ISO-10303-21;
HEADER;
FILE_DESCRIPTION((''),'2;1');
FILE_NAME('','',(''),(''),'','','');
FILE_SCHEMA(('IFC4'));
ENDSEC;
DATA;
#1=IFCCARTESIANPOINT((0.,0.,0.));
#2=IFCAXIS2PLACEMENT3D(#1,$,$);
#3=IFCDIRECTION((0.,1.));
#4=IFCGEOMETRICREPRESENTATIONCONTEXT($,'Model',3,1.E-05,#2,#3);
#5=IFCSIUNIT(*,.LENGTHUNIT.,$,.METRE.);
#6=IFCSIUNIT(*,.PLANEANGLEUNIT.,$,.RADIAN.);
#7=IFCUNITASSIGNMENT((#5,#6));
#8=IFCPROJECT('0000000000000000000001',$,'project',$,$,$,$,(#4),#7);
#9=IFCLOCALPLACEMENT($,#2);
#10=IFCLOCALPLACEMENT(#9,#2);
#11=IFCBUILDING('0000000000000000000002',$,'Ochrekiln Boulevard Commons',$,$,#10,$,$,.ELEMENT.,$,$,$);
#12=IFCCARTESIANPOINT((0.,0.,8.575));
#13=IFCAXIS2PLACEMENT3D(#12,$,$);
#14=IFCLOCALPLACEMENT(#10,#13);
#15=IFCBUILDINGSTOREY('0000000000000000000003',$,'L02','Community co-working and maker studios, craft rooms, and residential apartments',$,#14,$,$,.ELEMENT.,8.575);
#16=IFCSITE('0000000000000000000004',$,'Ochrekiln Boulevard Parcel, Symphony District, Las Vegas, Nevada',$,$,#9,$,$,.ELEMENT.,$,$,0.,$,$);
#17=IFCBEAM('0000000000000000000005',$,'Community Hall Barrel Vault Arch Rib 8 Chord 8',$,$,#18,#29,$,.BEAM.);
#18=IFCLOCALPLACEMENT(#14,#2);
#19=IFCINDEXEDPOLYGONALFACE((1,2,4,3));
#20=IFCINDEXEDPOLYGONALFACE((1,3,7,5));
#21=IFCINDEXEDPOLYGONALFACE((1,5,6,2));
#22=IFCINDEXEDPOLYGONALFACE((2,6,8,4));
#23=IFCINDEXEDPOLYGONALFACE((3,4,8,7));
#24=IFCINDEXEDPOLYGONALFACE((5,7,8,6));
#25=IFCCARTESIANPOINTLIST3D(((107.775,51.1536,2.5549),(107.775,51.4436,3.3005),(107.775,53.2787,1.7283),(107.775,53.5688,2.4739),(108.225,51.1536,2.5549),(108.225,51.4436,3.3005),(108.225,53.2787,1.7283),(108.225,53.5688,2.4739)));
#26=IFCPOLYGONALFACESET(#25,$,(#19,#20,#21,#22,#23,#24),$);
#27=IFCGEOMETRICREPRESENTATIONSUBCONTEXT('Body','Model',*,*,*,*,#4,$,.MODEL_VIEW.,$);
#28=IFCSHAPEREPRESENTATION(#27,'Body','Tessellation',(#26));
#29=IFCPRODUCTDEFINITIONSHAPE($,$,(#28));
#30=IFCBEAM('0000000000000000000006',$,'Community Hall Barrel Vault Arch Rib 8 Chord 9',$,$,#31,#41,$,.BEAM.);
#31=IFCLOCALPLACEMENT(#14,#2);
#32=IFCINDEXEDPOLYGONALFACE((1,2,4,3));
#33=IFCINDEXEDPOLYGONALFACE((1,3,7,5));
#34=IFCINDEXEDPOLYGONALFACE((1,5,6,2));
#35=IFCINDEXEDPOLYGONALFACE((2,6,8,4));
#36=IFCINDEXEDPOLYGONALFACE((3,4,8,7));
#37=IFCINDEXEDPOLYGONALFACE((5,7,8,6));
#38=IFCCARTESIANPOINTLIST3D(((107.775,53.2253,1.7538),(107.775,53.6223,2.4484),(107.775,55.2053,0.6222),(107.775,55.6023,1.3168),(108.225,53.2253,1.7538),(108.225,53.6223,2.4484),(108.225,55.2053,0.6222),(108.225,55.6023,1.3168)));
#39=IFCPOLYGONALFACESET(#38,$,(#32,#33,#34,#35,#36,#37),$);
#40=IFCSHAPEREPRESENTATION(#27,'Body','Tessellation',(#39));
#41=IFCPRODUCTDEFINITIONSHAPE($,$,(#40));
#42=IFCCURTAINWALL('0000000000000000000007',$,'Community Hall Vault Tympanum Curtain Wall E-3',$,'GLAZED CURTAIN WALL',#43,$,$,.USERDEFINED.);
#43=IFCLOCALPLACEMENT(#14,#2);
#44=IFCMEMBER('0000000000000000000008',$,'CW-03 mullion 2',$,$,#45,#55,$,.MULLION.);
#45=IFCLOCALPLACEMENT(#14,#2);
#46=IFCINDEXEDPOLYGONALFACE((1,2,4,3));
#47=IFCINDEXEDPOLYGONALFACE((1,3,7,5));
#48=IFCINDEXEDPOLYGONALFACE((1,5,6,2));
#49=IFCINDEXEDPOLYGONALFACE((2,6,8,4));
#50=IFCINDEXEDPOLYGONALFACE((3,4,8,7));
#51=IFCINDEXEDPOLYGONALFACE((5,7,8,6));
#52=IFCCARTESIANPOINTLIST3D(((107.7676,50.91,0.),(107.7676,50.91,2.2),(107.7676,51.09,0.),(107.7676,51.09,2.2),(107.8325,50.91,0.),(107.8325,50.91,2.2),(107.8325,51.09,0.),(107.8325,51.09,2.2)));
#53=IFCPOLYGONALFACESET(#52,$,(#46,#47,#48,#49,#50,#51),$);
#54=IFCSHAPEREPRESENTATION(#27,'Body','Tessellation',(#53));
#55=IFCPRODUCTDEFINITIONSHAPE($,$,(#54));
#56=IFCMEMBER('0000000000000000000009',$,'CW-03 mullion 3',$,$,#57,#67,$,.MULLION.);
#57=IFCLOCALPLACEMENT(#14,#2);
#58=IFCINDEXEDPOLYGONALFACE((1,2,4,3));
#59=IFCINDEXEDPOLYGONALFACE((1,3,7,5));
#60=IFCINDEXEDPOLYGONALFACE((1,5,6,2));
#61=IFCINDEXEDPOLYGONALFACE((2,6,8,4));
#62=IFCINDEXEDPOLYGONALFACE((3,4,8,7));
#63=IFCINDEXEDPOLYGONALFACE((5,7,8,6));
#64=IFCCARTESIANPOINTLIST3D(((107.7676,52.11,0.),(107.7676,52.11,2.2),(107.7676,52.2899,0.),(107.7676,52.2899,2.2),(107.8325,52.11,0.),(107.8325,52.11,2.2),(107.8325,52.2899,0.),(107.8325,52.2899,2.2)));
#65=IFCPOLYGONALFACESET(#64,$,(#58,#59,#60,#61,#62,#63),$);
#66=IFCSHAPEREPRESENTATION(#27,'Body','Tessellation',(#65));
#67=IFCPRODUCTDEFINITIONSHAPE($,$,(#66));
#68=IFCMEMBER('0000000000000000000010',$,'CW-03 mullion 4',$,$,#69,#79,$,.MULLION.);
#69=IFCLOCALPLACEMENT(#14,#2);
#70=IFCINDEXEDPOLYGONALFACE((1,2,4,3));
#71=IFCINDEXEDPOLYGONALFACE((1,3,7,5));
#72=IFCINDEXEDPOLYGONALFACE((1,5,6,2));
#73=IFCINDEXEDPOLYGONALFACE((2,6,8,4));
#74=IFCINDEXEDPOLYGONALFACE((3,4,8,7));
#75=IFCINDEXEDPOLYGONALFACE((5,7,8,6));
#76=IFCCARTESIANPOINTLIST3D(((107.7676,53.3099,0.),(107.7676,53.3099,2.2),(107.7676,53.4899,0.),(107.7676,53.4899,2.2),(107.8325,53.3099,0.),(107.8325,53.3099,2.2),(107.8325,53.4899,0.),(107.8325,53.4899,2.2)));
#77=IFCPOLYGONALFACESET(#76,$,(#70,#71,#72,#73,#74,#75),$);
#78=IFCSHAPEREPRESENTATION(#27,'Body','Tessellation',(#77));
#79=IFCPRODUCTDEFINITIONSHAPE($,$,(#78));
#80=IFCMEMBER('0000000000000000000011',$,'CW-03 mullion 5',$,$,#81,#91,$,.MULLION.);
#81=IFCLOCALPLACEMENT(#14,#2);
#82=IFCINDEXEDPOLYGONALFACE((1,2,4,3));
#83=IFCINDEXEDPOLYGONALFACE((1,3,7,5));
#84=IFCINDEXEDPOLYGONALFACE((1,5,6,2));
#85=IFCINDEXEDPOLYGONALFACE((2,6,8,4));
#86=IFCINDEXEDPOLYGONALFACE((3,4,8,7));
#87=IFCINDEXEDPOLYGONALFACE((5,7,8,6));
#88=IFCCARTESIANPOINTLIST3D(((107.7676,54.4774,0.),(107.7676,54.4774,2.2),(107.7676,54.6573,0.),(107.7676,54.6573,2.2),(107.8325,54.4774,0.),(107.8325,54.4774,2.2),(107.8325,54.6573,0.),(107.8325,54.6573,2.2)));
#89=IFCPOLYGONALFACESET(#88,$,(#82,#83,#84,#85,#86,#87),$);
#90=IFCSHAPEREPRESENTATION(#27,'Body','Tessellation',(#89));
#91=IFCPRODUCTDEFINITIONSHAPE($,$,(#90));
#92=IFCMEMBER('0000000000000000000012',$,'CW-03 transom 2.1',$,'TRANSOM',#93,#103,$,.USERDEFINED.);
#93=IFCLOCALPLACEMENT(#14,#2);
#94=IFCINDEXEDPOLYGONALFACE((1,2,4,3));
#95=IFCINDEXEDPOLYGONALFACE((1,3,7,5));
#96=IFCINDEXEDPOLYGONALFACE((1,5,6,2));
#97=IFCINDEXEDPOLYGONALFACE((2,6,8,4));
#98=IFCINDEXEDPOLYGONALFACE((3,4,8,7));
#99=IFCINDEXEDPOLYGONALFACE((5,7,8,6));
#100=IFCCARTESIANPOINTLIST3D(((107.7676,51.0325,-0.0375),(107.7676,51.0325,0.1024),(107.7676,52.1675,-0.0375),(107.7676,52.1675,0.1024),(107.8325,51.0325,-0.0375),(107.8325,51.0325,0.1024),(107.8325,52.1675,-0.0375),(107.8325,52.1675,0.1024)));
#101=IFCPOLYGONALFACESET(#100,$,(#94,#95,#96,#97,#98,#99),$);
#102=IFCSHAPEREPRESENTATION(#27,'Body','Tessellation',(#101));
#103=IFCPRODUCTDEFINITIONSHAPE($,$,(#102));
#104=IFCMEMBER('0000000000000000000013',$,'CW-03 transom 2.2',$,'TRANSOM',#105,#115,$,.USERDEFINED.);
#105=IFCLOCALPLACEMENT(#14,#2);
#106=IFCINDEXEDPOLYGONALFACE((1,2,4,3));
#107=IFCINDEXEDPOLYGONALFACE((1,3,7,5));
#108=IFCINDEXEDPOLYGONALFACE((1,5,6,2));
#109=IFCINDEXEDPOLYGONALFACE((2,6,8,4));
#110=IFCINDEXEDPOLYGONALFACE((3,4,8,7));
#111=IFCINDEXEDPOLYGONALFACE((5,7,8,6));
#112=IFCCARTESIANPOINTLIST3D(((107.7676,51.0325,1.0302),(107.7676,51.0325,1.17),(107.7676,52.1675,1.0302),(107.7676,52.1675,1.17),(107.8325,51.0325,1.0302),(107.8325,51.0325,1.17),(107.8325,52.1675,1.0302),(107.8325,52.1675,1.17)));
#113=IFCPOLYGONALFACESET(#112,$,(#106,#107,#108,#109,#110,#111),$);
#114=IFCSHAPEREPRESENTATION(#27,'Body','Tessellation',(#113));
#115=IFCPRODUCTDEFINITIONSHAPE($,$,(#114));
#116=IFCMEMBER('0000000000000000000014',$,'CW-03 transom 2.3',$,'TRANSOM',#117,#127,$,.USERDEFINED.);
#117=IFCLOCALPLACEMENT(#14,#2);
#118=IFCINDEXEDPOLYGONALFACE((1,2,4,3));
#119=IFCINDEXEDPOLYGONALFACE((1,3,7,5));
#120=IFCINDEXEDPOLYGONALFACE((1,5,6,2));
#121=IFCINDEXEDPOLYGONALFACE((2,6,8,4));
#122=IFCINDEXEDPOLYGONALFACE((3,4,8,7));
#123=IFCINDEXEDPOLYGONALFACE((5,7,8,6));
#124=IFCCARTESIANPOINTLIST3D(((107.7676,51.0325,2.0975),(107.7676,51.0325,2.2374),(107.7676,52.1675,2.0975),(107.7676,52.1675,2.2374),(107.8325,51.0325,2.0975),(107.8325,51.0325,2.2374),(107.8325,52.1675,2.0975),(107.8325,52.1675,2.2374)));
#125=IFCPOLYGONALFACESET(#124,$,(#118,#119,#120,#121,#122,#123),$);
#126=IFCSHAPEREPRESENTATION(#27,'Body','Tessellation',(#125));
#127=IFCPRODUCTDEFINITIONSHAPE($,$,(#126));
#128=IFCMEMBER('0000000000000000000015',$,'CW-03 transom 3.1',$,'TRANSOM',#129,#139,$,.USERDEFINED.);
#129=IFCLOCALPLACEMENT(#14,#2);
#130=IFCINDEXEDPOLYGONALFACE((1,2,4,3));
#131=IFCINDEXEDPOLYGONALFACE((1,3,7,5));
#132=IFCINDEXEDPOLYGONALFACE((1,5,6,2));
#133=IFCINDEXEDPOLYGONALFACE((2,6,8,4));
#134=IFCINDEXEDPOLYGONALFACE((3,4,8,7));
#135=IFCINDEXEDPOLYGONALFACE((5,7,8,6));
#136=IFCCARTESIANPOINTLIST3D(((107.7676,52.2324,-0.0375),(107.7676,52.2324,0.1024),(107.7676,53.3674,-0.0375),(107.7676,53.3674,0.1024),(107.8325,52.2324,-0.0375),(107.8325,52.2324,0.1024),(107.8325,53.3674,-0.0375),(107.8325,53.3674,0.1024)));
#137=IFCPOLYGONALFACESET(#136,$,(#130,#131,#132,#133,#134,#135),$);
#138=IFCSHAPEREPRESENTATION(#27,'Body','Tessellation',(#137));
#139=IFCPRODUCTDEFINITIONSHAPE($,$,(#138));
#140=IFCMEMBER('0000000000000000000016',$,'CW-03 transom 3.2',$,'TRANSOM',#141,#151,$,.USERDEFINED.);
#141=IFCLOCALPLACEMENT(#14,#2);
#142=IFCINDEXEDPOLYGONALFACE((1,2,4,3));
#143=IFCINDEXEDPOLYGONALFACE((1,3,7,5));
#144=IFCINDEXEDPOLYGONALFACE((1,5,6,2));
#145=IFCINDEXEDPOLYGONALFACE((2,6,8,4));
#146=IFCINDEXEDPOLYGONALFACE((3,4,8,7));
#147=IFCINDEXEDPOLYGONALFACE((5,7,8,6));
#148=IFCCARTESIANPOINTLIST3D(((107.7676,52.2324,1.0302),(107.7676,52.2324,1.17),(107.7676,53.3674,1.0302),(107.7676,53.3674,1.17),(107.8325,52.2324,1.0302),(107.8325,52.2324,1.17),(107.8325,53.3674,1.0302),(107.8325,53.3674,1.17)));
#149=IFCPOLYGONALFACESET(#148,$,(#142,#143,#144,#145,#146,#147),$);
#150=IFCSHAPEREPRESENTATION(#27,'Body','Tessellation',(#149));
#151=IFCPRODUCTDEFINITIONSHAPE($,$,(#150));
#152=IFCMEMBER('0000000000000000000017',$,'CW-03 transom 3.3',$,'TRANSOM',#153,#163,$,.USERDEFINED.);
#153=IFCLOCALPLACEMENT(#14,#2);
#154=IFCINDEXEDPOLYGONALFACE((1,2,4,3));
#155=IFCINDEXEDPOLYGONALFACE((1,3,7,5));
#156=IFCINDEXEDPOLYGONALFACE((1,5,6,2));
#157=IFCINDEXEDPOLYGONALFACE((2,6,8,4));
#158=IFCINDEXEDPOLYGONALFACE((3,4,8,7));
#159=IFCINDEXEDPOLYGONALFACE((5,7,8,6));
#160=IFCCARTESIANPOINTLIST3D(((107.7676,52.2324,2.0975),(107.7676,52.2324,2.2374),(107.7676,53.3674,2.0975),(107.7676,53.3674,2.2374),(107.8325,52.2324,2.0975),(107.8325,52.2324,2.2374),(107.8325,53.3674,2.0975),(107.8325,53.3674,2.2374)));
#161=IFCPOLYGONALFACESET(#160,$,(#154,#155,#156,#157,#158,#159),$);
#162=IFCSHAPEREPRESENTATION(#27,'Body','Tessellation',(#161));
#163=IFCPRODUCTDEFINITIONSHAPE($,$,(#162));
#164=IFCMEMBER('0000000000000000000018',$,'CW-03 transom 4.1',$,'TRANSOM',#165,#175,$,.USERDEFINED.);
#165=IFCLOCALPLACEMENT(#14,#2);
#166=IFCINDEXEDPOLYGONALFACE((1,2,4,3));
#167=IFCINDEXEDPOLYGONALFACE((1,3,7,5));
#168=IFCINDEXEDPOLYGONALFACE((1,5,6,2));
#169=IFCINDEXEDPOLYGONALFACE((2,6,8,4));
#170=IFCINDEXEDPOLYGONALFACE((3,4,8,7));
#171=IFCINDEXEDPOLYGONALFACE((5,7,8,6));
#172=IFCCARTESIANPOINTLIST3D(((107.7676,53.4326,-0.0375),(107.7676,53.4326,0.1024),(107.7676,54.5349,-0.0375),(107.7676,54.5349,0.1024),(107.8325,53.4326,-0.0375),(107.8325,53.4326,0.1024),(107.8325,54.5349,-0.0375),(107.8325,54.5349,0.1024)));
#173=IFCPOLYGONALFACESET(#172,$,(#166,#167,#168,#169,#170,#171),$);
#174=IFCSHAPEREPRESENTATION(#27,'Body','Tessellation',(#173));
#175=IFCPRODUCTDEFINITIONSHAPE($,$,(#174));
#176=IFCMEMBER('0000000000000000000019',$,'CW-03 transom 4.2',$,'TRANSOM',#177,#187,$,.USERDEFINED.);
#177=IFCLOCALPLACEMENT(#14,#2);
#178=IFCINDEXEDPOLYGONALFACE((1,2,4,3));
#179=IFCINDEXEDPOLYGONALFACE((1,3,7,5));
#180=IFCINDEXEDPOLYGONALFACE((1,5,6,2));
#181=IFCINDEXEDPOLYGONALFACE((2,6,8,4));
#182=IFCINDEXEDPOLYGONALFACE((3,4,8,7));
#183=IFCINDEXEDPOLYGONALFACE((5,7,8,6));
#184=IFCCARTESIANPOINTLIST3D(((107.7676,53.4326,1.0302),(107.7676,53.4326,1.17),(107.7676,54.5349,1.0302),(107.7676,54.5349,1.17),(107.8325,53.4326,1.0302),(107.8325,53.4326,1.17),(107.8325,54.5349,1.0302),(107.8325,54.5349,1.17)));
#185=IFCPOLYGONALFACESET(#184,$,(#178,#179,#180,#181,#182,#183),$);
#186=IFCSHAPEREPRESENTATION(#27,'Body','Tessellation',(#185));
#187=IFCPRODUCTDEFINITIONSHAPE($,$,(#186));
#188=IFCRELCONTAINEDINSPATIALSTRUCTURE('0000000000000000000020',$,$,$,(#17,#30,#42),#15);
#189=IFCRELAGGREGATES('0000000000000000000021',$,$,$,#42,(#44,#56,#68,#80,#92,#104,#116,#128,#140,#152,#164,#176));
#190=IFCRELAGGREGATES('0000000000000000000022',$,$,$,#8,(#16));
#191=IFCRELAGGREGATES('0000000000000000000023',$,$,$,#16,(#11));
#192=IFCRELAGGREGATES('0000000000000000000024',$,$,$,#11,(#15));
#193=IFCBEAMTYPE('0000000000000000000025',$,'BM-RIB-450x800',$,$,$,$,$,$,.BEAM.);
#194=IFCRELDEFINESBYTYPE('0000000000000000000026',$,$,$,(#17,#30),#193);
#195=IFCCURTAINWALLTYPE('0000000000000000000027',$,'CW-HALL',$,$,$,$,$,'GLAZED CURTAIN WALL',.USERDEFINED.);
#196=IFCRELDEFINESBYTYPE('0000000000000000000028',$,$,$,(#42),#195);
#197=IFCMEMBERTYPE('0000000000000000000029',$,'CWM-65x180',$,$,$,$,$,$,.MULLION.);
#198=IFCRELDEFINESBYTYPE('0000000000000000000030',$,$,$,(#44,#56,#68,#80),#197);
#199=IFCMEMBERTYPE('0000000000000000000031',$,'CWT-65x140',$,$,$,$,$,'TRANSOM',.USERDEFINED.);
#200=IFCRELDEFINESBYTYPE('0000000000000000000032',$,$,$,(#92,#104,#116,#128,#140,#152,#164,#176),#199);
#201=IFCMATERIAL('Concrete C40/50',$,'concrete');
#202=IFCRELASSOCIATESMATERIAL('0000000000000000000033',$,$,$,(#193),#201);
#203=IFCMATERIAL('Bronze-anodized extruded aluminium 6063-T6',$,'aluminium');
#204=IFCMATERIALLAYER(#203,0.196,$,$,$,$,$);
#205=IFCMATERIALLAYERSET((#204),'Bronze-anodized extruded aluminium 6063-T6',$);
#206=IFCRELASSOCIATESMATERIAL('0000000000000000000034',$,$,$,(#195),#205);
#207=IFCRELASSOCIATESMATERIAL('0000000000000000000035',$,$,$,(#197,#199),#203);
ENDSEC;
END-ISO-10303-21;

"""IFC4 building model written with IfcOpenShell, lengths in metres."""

from ifc_helpers import new_model, si_unit, direction, frame, origin, origin_2d, place, context, subcontext, project, spatial, rectangle, extrude, material, layer, layer_set, material_profile, profile_set, type_object, element, aggregate, save


model = new_model("IFC4")

# Units and contexts
model_context = context("Model", 3, precision=1e-05, world=origin(), true_north=direction((0.0, 1.0)))
body_context = subcontext(model_context, "Body", "Model", "MODEL_VIEW")
ifc_project = project(units=[si_unit("LENGTHUNIT", "METRE"), si_unit("PLANEANGLEUNIT", "RADIAN")], contexts=[model_context])

# Site, building, storey
site_placement = place(None, origin())
site = spatial("IfcSite", under=ifc_project, at=site_placement, Name="Ochrekiln Boulevard Parcel, Symphony District, Las Vegas, Nevada", CompositionType="ELEMENT", RefElevation=0.0)
building_placement = place(site_placement, origin())
building = spatial("IfcBuilding", under=site, at=building_placement, Name="Ochrekiln Boulevard Commons", CompositionType="ELEMENT")
storey_placement = place(building_placement, frame((0.0, 0.0, 8.575)))
storey = spatial("IfcBuildingStorey", under=building, at=storey_placement, Name="L02", Description="Community co-working and maker studios, craft rooms, and residential apartments", CompositionType="ELEMENT", Elevation=8.575)

# Beams
ifc_material_1 = material(Name="Concrete C40/50", Category="concrete")
ifc_material_profile_1 = material_profile(ifc_material_1, rectangle(XDim=0.45, YDim=0.8, at=origin_2d()), Name="RC-RIB-450x800")
ifc_profile_set_1 = profile_set([ifc_material_profile_1], Name="Concrete C40/50")
beam_type = type_object("IfcBeamType", Name="BM-RIB-450x800", PredefinedType="BEAM", material=ifc_profile_set_1)
beam_1_placement = place(storey_placement, frame((108.0, 51.2986, 2.9277), z_axis=(0.0, 0.931979, -0.362513), x_axis=(-1.0, 0.0, 0.0)))
element("IfcBeam", 1, at=beam_1_placement, inside=storey, type_object=beam_type, Name="Community Hall Barrel Vault Arch Rib 8 Chord 8", PredefinedType="BEAM", context=body_context, shape_type="SweptSolid", body=[
    extrude(rectangle(XDim=0.45, YDim=0.8, at=origin_2d()), origin(), (0.0, 0.0, 1.0), 2.2803),
])
beam_2_placement = place(storey_placement, frame((108.0, 53.4238, 2.1011), z_axis=(0.0, 0.86821, -0.496197), x_axis=(-1.0, 0.0, 0.0)))
element("IfcBeam", 2, at=beam_2_placement, inside=storey, type_object=beam_type, Name="Community Hall Barrel Vault Arch Rib 8 Chord 9", PredefinedType="BEAM", context=body_context, shape_type="SweptSolid", body=[
    extrude(rectangle(XDim=0.45, YDim=0.8, at=origin_2d()), origin(), (0.0, 0.0, 1.0), 2.2805),
])

# Curtain wall, members
ifc_material_2 = material(Name="Bronze-anodized extruded aluminium 6063-T6", Category="aluminium")
ifc_layer_1 = layer(ifc_material_2, 0.196)
ifc_layer_set_1 = layer_set([ifc_layer_1], Name="Bronze-anodized extruded aluminium 6063-T6")
curtain_wall_type = type_object("IfcCurtainWallType", Name="CW-HALL", ElementType="GLAZED CURTAIN WALL", PredefinedType="USERDEFINED", material=ifc_layer_set_1)
curtain_wall_placement = place(storey_placement, origin())
curtain_wall = element("IfcCurtainWall", 3, at=curtain_wall_placement, inside=storey, type_object=curtain_wall_type, Name="Community Hall Vault Tympanum Curtain Wall E-3", ObjectType="GLAZED CURTAIN WALL", PredefinedType="USERDEFINED")
ifc_material_profile_2 = material_profile(ifc_material_2, rectangle(XDim=0.0649, YDim=0.1799, at=origin_2d()), Name="ALU-MUL-65x180")
ifc_profile_set_2 = profile_set([ifc_material_profile_2], Name="Bronze-anodized extruded aluminium 6063-T6")
member_type_1 = type_object("IfcMemberType", Name="CWM-65x180", PredefinedType="MULLION", material=ifc_profile_set_2)
member_1_placement = place(storey_placement, frame((107.8, 51.0, 0.0), z_axis=(0.0, 0.0, 1.0), x_axis=(-1.0, 0.0, 0.0)))
member_1 = element("IfcMember", 4, at=member_1_placement, type_object=member_type_1, Name="CW-03 mullion 2", PredefinedType="MULLION", context=body_context, shape_type="SweptSolid", body=[
    extrude(rectangle(XDim=0.0649, YDim=0.1799, at=origin_2d()), origin(), (0.0, 0.0, 1.0), 2.2),
])
member_2_placement = place(storey_placement, frame((107.8, 52.2, 0.0), z_axis=(0.0, 0.0, 1.0), x_axis=(-1.0, 0.0, 0.0)))
member_2 = element("IfcMember", 5, at=member_2_placement, type_object=member_type_1, Name="CW-03 mullion 3", PredefinedType="MULLION", context=body_context, shape_type="SweptSolid", body=[
    extrude(rectangle(XDim=0.0649, YDim=0.1799, at=origin_2d()), origin(), (0.0, 0.0, 1.0), 2.2),
])
member_3_placement = place(storey_placement, frame((107.8, 53.3999, 0.0), z_axis=(0.0, 0.0, 1.0), x_axis=(-1.0, 0.0, 0.0)))
member_3 = element("IfcMember", 6, at=member_3_placement, type_object=member_type_1, Name="CW-03 mullion 4", PredefinedType="MULLION", context=body_context, shape_type="SweptSolid", body=[
    extrude(rectangle(XDim=0.0649, YDim=0.1799, at=origin_2d()), origin(), (0.0, 0.0, 1.0), 2.2),
])
member_4_placement = place(storey_placement, frame((107.8, 54.5674, 0.0), z_axis=(0.0, 0.0, 1.0), x_axis=(-1.0, 0.0, 0.0)))
member_4 = element("IfcMember", 7, at=member_4_placement, type_object=member_type_1, Name="CW-03 mullion 5", PredefinedType="MULLION", context=body_context, shape_type="SweptSolid", body=[
    extrude(rectangle(XDim=0.0649, YDim=0.1799, at=origin_2d()), origin(), (0.0, 0.0, 1.0), 2.2),
])
ifc_material_profile_3 = material_profile(ifc_material_2, rectangle(XDim=0.0649, YDim=0.1399, at=origin_2d()), Name="ALU-TRN-65x140")
ifc_profile_set_3 = profile_set([ifc_material_profile_3], Name="Bronze-anodized extruded aluminium 6063-T6")
member_type_2 = type_object("IfcMemberType", Name="CWT-65x140", ElementType="TRANSOM", PredefinedType="USERDEFINED", material=ifc_profile_set_3)
member_5_placement = place(storey_placement, frame((107.8, 51.0325, 0.0325), z_axis=(0.0, 1.0, 0.0), x_axis=(-1.0, 0.0, 0.0)))
member_5 = element("IfcMember", 8, at=member_5_placement, type_object=member_type_2, Name="CW-03 transom 2.1", ObjectType="TRANSOM", PredefinedType="USERDEFINED", context=body_context, shape_type="SweptSolid", body=[
    extrude(rectangle(XDim=0.0649, YDim=0.1399, at=origin_2d()), origin(), (0.0, 0.0, 1.0), 1.135),
])
member_6_placement = place(storey_placement, frame((107.8, 51.0325, 1.1001), z_axis=(0.0, 1.0, 0.0), x_axis=(-1.0, 0.0, 0.0)))
member_6 = element("IfcMember", 9, at=member_6_placement, type_object=member_type_2, Name="CW-03 transom 2.2", ObjectType="TRANSOM", PredefinedType="USERDEFINED", context=body_context, shape_type="SweptSolid", body=[
    extrude(rectangle(XDim=0.0649, YDim=0.1399, at=origin_2d()), origin(), (0.0, 0.0, 1.0), 1.135),
])
member_7_placement = place(storey_placement, frame((107.8, 51.0325, 2.1675), z_axis=(0.0, 1.0, 0.0), x_axis=(-1.0, 0.0, 0.0)))
member_7 = element("IfcMember", 10, at=member_7_placement, type_object=member_type_2, Name="CW-03 transom 2.3", ObjectType="TRANSOM", PredefinedType="USERDEFINED", context=body_context, shape_type="SweptSolid", body=[
    extrude(rectangle(XDim=0.0649, YDim=0.1399, at=origin_2d()), origin(), (0.0, 0.0, 1.0), 1.135),
])
member_8_placement = place(storey_placement, frame((107.8, 52.2324, 0.0325), z_axis=(0.0, 1.0, 0.0), x_axis=(-1.0, 0.0, 0.0)))
member_8 = element("IfcMember", 11, at=member_8_placement, type_object=member_type_2, Name="CW-03 transom 3.1", ObjectType="TRANSOM", PredefinedType="USERDEFINED", context=body_context, shape_type="SweptSolid", body=[
    extrude(rectangle(XDim=0.0649, YDim=0.1399, at=origin_2d()), origin(), (0.0, 0.0, 1.0), 1.135),
])
member_9_placement = place(storey_placement, frame((107.8, 52.2324, 1.1001), z_axis=(0.0, 1.0, 0.0), x_axis=(-1.0, 0.0, 0.0)))
member_9 = element("IfcMember", 12, at=member_9_placement, type_object=member_type_2, Name="CW-03 transom 3.2", ObjectType="TRANSOM", PredefinedType="USERDEFINED", context=body_context, shape_type="SweptSolid", body=[
    extrude(rectangle(XDim=0.0649, YDim=0.1399, at=origin_2d()), origin(), (0.0, 0.0, 1.0), 1.135),
])
member_10_placement = place(storey_placement, frame((107.8, 52.2324, 2.1675), z_axis=(0.0, 1.0, 0.0), x_axis=(-1.0, 0.0, 0.0)))
member_10 = element("IfcMember", 13, at=member_10_placement, type_object=member_type_2, Name="CW-03 transom 3.3", ObjectType="TRANSOM", PredefinedType="USERDEFINED", context=body_context, shape_type="SweptSolid", body=[
    extrude(rectangle(XDim=0.0649, YDim=0.1399, at=origin_2d()), origin(), (0.0, 0.0, 1.0), 1.135),
])
member_11_placement = place(storey_placement, frame((107.8, 53.4326, 0.0325), z_axis=(0.0, 1.0, 0.0), x_axis=(-1.0, 0.0, 0.0)))
member_11 = element("IfcMember", 14, at=member_11_placement, type_object=member_type_2, Name="CW-03 transom 4.1", ObjectType="TRANSOM", PredefinedType="USERDEFINED", context=body_context, shape_type="SweptSolid", body=[
    extrude(rectangle(XDim=0.0649, YDim=0.1399, at=origin_2d()), origin(), (0.0, 0.0, 1.0), 1.1023),
])
member_12_placement = place(storey_placement, frame((107.8, 53.4326, 1.1001), z_axis=(0.0, 1.0, 0.0), x_axis=(-1.0, 0.0, 0.0)))
member_12 = element("IfcMember", 15, at=member_12_placement, type_object=member_type_2, Name="CW-03 transom 4.2", ObjectType="TRANSOM", PredefinedType="USERDEFINED", context=body_context, shape_type="SweptSolid", body=[
    extrude(rectangle(XDim=0.0649, YDim=0.1399, at=origin_2d()), origin(), (0.0, 0.0, 1.0), 1.1023),
])
aggregate(curtain_wall, [member_1, member_2, member_3, member_4, member_5, member_6, member_7, member_8, member_9, member_10, member_11, member_12])

save(model, "model.ifc")
